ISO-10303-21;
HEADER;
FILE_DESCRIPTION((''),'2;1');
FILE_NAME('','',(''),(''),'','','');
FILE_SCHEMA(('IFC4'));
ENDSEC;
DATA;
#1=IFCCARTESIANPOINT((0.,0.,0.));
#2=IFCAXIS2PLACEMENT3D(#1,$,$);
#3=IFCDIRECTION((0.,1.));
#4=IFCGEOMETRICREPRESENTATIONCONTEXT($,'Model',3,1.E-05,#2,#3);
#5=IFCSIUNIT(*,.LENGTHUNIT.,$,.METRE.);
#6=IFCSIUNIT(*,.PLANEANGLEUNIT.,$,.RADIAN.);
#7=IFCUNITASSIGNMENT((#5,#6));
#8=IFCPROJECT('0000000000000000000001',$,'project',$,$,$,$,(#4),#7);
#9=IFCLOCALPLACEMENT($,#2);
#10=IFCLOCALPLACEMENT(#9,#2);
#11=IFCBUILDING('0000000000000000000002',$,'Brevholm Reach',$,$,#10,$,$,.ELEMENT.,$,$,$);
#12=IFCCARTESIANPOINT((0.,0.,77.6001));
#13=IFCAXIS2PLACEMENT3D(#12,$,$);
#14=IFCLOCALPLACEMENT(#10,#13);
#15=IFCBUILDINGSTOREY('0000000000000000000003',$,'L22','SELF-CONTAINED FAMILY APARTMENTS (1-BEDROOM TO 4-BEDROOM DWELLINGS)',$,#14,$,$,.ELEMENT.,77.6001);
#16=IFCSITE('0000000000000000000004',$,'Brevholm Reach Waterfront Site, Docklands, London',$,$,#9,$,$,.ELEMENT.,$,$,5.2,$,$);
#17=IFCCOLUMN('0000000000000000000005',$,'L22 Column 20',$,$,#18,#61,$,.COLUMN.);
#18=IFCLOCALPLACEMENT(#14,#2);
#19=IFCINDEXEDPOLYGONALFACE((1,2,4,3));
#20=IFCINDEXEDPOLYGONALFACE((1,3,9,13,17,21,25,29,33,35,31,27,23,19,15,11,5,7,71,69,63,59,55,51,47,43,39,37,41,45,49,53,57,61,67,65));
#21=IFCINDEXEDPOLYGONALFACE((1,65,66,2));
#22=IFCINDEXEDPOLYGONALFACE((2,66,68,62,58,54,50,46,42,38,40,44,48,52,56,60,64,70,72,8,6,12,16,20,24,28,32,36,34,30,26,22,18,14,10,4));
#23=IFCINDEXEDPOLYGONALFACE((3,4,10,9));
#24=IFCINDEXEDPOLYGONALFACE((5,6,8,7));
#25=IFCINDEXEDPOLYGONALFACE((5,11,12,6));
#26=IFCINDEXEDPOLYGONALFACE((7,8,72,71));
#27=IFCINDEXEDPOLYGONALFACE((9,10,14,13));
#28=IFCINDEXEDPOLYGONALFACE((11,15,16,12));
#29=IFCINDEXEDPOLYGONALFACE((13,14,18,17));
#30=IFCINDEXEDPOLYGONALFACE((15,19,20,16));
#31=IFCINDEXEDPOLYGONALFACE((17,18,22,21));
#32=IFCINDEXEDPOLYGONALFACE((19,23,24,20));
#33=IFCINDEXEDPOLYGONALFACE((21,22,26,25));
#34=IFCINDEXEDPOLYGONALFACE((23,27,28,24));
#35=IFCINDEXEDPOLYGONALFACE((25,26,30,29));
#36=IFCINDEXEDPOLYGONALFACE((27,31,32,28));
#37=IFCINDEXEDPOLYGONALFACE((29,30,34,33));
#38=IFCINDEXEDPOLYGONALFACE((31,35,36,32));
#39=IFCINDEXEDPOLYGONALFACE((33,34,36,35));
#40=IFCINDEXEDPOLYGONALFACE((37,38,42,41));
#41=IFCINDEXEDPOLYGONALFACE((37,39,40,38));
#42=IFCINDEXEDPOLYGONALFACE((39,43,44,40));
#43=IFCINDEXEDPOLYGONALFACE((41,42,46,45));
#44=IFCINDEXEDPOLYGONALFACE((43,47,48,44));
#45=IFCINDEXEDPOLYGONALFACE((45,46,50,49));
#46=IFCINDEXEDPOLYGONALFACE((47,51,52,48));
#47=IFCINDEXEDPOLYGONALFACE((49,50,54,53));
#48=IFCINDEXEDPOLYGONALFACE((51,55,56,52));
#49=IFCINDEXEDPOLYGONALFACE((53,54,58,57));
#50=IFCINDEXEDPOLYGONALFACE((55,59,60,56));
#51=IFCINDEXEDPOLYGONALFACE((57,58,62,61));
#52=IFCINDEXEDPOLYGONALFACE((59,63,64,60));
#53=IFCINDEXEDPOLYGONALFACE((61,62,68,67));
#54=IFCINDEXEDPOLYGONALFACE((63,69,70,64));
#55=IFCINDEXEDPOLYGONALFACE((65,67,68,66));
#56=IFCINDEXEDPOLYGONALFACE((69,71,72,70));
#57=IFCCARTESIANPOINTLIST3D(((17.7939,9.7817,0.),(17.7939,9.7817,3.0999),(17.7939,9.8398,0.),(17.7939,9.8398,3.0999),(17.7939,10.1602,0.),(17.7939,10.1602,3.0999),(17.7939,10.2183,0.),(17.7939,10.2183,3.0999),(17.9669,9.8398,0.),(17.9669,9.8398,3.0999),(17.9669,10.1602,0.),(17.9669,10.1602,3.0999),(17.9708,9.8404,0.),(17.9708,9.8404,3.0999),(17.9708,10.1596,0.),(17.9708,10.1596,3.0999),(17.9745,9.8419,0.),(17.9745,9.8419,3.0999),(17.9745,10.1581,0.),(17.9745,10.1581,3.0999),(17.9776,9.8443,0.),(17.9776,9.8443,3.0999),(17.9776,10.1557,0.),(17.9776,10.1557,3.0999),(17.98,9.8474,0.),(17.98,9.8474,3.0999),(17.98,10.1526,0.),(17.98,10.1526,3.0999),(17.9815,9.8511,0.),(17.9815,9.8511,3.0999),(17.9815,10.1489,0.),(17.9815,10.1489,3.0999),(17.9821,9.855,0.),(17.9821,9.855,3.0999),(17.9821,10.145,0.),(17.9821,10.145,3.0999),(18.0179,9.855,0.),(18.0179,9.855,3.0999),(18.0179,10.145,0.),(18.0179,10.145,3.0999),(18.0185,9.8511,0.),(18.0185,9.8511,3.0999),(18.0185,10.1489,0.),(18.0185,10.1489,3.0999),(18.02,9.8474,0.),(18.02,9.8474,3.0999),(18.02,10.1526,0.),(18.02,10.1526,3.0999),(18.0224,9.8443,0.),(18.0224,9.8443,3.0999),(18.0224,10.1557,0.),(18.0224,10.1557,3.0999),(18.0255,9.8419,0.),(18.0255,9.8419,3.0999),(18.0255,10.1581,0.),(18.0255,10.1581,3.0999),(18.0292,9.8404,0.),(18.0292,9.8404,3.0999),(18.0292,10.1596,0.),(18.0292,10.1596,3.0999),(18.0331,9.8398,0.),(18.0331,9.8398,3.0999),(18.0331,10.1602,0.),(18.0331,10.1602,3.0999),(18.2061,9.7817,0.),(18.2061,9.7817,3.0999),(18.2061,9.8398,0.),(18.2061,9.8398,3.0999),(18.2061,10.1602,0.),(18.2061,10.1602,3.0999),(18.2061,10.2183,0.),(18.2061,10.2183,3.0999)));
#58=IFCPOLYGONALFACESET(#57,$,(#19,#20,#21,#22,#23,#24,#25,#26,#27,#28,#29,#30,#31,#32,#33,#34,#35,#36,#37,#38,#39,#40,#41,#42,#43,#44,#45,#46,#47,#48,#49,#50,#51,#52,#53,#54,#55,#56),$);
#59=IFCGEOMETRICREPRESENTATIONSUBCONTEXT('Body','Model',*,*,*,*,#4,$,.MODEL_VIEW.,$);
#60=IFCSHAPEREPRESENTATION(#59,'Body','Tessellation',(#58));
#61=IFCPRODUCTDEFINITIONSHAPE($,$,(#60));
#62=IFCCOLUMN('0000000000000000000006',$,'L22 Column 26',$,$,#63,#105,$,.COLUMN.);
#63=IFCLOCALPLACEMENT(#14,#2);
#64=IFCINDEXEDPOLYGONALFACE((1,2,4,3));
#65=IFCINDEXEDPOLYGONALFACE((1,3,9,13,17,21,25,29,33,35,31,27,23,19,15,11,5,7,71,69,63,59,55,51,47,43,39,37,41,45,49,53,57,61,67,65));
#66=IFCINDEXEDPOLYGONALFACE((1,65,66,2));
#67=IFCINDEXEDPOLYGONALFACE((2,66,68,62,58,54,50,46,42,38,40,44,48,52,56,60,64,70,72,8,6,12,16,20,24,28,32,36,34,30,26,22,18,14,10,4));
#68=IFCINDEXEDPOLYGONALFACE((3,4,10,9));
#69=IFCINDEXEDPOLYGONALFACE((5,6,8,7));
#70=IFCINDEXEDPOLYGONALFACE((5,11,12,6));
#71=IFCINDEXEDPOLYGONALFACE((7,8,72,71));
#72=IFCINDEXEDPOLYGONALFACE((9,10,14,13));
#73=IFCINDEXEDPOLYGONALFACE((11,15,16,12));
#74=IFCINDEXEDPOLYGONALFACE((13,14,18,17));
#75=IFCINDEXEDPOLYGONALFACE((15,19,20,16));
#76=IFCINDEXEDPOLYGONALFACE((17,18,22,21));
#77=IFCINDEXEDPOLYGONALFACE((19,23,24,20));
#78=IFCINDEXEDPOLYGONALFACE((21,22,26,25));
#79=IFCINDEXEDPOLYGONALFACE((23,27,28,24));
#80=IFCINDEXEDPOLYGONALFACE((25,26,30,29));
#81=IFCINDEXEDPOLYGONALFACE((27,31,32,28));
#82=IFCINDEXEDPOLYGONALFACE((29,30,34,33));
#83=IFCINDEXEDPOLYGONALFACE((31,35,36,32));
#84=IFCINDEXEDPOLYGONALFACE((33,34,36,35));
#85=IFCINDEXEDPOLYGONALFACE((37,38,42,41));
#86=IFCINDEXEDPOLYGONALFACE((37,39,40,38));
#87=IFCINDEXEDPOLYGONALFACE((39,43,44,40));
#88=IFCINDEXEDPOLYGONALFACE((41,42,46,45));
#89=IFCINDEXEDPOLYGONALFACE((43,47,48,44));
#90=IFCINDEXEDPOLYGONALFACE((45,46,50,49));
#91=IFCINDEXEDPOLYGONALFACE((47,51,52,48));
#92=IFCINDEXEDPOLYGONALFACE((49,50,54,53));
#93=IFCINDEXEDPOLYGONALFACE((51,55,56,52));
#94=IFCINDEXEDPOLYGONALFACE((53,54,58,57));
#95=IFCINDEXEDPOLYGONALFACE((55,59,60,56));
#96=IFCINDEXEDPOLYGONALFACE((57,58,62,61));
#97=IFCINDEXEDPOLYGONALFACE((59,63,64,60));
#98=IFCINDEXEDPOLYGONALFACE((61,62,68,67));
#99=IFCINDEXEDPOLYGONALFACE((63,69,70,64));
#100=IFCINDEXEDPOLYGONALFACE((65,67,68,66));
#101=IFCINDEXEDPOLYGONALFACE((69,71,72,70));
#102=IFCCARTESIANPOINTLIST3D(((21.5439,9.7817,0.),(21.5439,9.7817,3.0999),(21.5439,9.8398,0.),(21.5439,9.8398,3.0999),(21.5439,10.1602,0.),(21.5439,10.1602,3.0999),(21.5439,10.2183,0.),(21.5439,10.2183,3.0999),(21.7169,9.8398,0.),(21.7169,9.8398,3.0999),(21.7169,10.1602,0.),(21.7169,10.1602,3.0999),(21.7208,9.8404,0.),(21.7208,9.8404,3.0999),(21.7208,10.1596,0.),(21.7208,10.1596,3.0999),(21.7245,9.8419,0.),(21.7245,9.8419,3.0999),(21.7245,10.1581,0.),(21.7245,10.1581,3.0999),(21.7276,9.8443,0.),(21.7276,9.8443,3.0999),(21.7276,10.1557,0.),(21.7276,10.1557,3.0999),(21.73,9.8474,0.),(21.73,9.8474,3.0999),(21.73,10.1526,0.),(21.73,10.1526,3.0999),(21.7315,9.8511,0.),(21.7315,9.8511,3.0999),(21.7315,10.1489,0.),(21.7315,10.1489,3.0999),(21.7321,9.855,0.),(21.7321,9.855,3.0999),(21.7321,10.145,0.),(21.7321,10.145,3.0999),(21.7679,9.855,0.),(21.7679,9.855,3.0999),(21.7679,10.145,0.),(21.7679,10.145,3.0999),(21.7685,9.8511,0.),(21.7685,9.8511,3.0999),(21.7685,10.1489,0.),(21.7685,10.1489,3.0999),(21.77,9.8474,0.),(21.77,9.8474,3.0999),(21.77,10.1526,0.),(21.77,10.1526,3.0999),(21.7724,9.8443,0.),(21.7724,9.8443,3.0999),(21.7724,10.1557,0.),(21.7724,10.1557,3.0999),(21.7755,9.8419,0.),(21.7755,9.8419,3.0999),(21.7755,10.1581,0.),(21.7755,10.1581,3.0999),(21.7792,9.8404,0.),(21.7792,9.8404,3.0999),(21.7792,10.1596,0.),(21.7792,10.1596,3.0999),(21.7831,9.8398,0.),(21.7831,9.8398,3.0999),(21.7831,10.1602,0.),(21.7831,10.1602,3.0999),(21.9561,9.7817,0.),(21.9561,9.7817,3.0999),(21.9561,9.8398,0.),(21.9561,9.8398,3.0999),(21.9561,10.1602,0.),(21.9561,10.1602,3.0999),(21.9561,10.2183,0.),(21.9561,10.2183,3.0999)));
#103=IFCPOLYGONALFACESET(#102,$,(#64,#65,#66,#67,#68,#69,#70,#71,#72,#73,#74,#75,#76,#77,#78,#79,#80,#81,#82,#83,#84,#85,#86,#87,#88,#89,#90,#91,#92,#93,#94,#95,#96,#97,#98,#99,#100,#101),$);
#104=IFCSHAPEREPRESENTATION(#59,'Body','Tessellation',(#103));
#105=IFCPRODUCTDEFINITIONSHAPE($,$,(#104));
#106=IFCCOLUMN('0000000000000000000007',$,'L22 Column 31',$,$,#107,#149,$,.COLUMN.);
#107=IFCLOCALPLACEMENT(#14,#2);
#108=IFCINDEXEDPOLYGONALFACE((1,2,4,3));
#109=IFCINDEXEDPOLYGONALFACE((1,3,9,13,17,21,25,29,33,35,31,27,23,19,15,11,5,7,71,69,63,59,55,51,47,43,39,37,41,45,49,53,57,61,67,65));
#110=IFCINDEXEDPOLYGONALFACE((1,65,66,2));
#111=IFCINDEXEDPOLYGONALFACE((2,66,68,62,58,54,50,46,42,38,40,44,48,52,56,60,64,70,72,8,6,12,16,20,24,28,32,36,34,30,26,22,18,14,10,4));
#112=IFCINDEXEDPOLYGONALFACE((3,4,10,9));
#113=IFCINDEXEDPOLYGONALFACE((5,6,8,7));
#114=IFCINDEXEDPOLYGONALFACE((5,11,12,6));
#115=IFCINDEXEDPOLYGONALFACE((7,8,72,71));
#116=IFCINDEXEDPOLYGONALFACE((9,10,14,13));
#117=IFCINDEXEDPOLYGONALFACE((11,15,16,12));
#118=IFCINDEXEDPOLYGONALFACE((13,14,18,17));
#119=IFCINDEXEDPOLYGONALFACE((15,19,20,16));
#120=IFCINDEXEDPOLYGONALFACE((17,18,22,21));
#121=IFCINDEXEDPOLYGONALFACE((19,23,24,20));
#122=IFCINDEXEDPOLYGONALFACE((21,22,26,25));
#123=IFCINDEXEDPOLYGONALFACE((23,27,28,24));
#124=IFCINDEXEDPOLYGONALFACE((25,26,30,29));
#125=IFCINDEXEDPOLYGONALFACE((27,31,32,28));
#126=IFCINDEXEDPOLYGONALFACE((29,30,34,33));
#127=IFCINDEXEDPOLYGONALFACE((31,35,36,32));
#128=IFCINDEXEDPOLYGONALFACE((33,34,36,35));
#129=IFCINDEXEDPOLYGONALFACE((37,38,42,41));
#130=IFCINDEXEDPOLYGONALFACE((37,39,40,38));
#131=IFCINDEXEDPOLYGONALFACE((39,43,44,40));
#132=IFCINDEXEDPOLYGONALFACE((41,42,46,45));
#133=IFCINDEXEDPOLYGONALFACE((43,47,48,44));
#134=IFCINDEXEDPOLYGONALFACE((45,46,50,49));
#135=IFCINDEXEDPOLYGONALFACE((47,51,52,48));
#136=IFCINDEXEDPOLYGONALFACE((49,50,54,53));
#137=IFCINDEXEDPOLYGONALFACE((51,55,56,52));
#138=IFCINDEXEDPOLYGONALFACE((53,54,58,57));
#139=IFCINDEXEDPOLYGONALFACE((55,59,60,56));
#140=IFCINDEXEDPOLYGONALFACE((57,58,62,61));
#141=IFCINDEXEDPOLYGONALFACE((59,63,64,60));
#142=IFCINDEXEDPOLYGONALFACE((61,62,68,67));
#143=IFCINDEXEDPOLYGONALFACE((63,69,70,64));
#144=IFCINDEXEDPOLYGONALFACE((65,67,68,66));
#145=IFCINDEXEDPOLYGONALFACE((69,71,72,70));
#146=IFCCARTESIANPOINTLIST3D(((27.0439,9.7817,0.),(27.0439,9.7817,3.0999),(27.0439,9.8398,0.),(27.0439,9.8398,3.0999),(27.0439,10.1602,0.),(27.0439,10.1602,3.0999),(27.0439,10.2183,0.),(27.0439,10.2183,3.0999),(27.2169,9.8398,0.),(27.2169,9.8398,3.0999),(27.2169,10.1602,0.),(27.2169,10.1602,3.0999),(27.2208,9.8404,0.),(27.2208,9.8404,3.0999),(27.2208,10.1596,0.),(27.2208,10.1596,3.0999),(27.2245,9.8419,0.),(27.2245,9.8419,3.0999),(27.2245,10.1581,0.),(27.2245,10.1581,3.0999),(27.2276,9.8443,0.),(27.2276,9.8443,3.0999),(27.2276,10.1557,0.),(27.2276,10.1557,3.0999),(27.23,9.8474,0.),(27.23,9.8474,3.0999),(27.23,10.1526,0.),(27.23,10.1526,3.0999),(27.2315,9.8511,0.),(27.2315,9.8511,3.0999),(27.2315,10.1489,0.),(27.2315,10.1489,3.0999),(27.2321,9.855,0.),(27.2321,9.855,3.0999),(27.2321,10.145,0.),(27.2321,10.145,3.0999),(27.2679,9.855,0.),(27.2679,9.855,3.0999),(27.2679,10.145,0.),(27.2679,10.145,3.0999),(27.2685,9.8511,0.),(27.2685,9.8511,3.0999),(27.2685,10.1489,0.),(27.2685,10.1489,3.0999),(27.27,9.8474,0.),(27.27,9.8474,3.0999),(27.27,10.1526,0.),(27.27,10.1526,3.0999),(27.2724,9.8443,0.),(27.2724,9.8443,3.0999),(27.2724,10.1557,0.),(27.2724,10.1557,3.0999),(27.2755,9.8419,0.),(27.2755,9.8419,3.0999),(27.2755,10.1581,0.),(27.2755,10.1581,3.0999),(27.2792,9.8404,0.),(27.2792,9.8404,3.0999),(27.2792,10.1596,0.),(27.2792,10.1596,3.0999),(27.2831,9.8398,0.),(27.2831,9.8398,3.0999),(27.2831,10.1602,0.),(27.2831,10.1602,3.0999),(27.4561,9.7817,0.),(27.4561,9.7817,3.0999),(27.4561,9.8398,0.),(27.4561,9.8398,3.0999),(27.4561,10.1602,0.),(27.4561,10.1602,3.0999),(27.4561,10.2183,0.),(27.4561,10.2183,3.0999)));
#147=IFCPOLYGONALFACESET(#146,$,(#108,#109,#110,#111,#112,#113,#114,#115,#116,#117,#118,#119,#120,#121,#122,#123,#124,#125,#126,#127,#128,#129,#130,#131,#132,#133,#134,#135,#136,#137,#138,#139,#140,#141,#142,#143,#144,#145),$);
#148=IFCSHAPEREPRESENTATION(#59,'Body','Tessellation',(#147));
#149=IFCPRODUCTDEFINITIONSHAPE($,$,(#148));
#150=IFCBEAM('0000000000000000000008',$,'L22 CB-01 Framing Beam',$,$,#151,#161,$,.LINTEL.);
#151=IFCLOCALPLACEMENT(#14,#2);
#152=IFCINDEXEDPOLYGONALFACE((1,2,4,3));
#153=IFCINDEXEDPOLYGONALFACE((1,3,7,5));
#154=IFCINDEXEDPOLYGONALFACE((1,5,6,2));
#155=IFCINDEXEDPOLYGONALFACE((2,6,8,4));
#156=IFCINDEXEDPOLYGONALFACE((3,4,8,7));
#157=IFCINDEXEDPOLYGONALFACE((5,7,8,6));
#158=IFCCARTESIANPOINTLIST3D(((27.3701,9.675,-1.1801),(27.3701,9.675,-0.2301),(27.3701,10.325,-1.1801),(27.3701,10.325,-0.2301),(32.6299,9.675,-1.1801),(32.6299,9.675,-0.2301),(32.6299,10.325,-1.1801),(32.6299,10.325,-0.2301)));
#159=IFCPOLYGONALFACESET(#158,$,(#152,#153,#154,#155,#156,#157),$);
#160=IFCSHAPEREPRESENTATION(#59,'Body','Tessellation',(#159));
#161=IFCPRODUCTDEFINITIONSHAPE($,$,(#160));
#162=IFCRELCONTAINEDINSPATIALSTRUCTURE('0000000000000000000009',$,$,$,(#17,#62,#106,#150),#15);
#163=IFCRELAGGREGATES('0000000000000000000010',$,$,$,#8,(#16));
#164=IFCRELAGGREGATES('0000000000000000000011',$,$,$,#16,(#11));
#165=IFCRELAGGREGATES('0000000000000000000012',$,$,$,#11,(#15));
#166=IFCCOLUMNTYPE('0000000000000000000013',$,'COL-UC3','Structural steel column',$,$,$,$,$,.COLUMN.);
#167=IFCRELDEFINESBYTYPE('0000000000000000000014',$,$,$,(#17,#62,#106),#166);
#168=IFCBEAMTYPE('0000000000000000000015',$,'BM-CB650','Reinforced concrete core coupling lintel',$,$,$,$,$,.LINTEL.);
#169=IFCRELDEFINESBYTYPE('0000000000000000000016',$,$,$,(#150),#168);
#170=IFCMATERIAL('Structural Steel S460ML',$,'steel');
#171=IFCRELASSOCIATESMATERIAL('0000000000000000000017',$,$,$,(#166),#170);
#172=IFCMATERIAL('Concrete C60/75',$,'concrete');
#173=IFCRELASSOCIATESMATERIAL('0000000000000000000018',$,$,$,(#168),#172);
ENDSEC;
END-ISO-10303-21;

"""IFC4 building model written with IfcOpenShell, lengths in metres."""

from ifc_helpers import new_model, si_unit, direction, frame, origin, origin_2d, place, context, subcontext, project, spatial, rectangle, i_section, extrude, material, material_profile, profile_set, type_object, element, save


model = new_model("IFC4")

# Units and contexts
model_context = context("Model", 3, precision=1e-05, world=origin(), true_north=direction((0.0, 1.0)))
body_context = subcontext(model_context, "Body", "Model", "MODEL_VIEW")
ifc_project = project(units=[si_unit("LENGTHUNIT", "METRE"), si_unit("PLANEANGLEUNIT", "RADIAN")], contexts=[model_context])

# Site, building, storey
site_placement = place(None, origin())
site = spatial("IfcSite", under=ifc_project, at=site_placement, Name="Brevholm Reach Waterfront Site, Docklands, London", CompositionType="ELEMENT", RefElevation=5.2)
building_placement = place(site_placement, origin())
building = spatial("IfcBuilding", under=site, at=building_placement, Name="Brevholm Reach", CompositionType="ELEMENT")
storey_placement = place(building_placement, frame((0.0, 0.0, 77.6001)))
storey = spatial("IfcBuildingStorey", under=building, at=storey_placement, Name="L22", Description="SELF-CONTAINED FAMILY APARTMENTS (1-BEDROOM TO 4-BEDROOM DWELLINGS)", CompositionType="ELEMENT", Elevation=77.6001)

# Columns
ifc_material_1 = material(Name="Structural Steel S460ML", Category="steel")
ifc_material_profile_1 = material_profile(ifc_material_1, i_section(OverallWidth=0.4121, OverallDepth=0.4365, WebThickness=0.0359, FlangeThickness=0.0581, FilletRadius=0.0151, at=origin_2d()), Name="UKC 356x406x467")
ifc_profile_set_1 = profile_set([ifc_material_profile_1], Name="Structural Steel S460ML")
column_type = type_object("IfcColumnType", Name="COL-UC3", Description="Structural steel column", PredefinedType="COLUMN", material=ifc_profile_set_1)
for number, where, z_axis, x_axis, name in (
    (1, (18.0, 10.0, 0.0), (0.0, 0.0, 1.0), (1.0, 0.0, 0.0), "L22 Column 20"),
    (2, (21.75, 10.0, 0.0), (0.0, 0.0, 1.0), (1.0, 0.0, 0.0), "L22 Column 26"),
    (3, (27.25, 10.0, 0.0), (0.0, 0.0, 1.0), (1.0, 0.0, 0.0), "L22 Column 31"),
):
    element("IfcColumn", number, at=place(storey_placement, frame(where, z_axis=z_axis, x_axis=x_axis)), inside=storey, type_object=column_type, Name=name, PredefinedType="COLUMN", context=body_context, shape_type="SweptSolid", body=[
        extrude(i_section(OverallWidth=0.4121, OverallDepth=0.4365, WebThickness=0.0359, FlangeThickness=0.0581, FilletRadius=0.0151, at=origin_2d()), origin(), (0.0, 0.0, 1.0), 3.0999),
    ])

# Beam
ifc_material_2 = material(Name="Concrete C60/75", Category="concrete")
ifc_material_profile_2 = material_profile(ifc_material_2, rectangle(XDim=0.6499, YDim=0.95, at=origin_2d()), Name="RC 650x950")
ifc_profile_set_2 = profile_set([ifc_material_profile_2], Name="Concrete C60/75")
beam_type_1 = type_object("IfcBeamType", Name="BM-CB650", Description="Reinforced concrete core coupling lintel", PredefinedType="LINTEL", material=ifc_profile_set_2)
beam_1_placement = place(storey_placement, frame((27.3701, 10.0, -0.7051), z_axis=(1.0, 0.0, 0.0), x_axis=(0.0, 1.0, 0.0)))
element("IfcBeam", 4, at=beam_1_placement, inside=storey, type_object=beam_type_1, Name="L22 CB-01 Framing Beam", PredefinedType="LINTEL", context=body_context, shape_type="SweptSolid", body=[
    extrude(rectangle(XDim=0.6499, YDim=0.95, at=origin_2d()), origin(), (0.0, 0.0, 1.0), 5.2598),
])

save(model, "model.ifc")
